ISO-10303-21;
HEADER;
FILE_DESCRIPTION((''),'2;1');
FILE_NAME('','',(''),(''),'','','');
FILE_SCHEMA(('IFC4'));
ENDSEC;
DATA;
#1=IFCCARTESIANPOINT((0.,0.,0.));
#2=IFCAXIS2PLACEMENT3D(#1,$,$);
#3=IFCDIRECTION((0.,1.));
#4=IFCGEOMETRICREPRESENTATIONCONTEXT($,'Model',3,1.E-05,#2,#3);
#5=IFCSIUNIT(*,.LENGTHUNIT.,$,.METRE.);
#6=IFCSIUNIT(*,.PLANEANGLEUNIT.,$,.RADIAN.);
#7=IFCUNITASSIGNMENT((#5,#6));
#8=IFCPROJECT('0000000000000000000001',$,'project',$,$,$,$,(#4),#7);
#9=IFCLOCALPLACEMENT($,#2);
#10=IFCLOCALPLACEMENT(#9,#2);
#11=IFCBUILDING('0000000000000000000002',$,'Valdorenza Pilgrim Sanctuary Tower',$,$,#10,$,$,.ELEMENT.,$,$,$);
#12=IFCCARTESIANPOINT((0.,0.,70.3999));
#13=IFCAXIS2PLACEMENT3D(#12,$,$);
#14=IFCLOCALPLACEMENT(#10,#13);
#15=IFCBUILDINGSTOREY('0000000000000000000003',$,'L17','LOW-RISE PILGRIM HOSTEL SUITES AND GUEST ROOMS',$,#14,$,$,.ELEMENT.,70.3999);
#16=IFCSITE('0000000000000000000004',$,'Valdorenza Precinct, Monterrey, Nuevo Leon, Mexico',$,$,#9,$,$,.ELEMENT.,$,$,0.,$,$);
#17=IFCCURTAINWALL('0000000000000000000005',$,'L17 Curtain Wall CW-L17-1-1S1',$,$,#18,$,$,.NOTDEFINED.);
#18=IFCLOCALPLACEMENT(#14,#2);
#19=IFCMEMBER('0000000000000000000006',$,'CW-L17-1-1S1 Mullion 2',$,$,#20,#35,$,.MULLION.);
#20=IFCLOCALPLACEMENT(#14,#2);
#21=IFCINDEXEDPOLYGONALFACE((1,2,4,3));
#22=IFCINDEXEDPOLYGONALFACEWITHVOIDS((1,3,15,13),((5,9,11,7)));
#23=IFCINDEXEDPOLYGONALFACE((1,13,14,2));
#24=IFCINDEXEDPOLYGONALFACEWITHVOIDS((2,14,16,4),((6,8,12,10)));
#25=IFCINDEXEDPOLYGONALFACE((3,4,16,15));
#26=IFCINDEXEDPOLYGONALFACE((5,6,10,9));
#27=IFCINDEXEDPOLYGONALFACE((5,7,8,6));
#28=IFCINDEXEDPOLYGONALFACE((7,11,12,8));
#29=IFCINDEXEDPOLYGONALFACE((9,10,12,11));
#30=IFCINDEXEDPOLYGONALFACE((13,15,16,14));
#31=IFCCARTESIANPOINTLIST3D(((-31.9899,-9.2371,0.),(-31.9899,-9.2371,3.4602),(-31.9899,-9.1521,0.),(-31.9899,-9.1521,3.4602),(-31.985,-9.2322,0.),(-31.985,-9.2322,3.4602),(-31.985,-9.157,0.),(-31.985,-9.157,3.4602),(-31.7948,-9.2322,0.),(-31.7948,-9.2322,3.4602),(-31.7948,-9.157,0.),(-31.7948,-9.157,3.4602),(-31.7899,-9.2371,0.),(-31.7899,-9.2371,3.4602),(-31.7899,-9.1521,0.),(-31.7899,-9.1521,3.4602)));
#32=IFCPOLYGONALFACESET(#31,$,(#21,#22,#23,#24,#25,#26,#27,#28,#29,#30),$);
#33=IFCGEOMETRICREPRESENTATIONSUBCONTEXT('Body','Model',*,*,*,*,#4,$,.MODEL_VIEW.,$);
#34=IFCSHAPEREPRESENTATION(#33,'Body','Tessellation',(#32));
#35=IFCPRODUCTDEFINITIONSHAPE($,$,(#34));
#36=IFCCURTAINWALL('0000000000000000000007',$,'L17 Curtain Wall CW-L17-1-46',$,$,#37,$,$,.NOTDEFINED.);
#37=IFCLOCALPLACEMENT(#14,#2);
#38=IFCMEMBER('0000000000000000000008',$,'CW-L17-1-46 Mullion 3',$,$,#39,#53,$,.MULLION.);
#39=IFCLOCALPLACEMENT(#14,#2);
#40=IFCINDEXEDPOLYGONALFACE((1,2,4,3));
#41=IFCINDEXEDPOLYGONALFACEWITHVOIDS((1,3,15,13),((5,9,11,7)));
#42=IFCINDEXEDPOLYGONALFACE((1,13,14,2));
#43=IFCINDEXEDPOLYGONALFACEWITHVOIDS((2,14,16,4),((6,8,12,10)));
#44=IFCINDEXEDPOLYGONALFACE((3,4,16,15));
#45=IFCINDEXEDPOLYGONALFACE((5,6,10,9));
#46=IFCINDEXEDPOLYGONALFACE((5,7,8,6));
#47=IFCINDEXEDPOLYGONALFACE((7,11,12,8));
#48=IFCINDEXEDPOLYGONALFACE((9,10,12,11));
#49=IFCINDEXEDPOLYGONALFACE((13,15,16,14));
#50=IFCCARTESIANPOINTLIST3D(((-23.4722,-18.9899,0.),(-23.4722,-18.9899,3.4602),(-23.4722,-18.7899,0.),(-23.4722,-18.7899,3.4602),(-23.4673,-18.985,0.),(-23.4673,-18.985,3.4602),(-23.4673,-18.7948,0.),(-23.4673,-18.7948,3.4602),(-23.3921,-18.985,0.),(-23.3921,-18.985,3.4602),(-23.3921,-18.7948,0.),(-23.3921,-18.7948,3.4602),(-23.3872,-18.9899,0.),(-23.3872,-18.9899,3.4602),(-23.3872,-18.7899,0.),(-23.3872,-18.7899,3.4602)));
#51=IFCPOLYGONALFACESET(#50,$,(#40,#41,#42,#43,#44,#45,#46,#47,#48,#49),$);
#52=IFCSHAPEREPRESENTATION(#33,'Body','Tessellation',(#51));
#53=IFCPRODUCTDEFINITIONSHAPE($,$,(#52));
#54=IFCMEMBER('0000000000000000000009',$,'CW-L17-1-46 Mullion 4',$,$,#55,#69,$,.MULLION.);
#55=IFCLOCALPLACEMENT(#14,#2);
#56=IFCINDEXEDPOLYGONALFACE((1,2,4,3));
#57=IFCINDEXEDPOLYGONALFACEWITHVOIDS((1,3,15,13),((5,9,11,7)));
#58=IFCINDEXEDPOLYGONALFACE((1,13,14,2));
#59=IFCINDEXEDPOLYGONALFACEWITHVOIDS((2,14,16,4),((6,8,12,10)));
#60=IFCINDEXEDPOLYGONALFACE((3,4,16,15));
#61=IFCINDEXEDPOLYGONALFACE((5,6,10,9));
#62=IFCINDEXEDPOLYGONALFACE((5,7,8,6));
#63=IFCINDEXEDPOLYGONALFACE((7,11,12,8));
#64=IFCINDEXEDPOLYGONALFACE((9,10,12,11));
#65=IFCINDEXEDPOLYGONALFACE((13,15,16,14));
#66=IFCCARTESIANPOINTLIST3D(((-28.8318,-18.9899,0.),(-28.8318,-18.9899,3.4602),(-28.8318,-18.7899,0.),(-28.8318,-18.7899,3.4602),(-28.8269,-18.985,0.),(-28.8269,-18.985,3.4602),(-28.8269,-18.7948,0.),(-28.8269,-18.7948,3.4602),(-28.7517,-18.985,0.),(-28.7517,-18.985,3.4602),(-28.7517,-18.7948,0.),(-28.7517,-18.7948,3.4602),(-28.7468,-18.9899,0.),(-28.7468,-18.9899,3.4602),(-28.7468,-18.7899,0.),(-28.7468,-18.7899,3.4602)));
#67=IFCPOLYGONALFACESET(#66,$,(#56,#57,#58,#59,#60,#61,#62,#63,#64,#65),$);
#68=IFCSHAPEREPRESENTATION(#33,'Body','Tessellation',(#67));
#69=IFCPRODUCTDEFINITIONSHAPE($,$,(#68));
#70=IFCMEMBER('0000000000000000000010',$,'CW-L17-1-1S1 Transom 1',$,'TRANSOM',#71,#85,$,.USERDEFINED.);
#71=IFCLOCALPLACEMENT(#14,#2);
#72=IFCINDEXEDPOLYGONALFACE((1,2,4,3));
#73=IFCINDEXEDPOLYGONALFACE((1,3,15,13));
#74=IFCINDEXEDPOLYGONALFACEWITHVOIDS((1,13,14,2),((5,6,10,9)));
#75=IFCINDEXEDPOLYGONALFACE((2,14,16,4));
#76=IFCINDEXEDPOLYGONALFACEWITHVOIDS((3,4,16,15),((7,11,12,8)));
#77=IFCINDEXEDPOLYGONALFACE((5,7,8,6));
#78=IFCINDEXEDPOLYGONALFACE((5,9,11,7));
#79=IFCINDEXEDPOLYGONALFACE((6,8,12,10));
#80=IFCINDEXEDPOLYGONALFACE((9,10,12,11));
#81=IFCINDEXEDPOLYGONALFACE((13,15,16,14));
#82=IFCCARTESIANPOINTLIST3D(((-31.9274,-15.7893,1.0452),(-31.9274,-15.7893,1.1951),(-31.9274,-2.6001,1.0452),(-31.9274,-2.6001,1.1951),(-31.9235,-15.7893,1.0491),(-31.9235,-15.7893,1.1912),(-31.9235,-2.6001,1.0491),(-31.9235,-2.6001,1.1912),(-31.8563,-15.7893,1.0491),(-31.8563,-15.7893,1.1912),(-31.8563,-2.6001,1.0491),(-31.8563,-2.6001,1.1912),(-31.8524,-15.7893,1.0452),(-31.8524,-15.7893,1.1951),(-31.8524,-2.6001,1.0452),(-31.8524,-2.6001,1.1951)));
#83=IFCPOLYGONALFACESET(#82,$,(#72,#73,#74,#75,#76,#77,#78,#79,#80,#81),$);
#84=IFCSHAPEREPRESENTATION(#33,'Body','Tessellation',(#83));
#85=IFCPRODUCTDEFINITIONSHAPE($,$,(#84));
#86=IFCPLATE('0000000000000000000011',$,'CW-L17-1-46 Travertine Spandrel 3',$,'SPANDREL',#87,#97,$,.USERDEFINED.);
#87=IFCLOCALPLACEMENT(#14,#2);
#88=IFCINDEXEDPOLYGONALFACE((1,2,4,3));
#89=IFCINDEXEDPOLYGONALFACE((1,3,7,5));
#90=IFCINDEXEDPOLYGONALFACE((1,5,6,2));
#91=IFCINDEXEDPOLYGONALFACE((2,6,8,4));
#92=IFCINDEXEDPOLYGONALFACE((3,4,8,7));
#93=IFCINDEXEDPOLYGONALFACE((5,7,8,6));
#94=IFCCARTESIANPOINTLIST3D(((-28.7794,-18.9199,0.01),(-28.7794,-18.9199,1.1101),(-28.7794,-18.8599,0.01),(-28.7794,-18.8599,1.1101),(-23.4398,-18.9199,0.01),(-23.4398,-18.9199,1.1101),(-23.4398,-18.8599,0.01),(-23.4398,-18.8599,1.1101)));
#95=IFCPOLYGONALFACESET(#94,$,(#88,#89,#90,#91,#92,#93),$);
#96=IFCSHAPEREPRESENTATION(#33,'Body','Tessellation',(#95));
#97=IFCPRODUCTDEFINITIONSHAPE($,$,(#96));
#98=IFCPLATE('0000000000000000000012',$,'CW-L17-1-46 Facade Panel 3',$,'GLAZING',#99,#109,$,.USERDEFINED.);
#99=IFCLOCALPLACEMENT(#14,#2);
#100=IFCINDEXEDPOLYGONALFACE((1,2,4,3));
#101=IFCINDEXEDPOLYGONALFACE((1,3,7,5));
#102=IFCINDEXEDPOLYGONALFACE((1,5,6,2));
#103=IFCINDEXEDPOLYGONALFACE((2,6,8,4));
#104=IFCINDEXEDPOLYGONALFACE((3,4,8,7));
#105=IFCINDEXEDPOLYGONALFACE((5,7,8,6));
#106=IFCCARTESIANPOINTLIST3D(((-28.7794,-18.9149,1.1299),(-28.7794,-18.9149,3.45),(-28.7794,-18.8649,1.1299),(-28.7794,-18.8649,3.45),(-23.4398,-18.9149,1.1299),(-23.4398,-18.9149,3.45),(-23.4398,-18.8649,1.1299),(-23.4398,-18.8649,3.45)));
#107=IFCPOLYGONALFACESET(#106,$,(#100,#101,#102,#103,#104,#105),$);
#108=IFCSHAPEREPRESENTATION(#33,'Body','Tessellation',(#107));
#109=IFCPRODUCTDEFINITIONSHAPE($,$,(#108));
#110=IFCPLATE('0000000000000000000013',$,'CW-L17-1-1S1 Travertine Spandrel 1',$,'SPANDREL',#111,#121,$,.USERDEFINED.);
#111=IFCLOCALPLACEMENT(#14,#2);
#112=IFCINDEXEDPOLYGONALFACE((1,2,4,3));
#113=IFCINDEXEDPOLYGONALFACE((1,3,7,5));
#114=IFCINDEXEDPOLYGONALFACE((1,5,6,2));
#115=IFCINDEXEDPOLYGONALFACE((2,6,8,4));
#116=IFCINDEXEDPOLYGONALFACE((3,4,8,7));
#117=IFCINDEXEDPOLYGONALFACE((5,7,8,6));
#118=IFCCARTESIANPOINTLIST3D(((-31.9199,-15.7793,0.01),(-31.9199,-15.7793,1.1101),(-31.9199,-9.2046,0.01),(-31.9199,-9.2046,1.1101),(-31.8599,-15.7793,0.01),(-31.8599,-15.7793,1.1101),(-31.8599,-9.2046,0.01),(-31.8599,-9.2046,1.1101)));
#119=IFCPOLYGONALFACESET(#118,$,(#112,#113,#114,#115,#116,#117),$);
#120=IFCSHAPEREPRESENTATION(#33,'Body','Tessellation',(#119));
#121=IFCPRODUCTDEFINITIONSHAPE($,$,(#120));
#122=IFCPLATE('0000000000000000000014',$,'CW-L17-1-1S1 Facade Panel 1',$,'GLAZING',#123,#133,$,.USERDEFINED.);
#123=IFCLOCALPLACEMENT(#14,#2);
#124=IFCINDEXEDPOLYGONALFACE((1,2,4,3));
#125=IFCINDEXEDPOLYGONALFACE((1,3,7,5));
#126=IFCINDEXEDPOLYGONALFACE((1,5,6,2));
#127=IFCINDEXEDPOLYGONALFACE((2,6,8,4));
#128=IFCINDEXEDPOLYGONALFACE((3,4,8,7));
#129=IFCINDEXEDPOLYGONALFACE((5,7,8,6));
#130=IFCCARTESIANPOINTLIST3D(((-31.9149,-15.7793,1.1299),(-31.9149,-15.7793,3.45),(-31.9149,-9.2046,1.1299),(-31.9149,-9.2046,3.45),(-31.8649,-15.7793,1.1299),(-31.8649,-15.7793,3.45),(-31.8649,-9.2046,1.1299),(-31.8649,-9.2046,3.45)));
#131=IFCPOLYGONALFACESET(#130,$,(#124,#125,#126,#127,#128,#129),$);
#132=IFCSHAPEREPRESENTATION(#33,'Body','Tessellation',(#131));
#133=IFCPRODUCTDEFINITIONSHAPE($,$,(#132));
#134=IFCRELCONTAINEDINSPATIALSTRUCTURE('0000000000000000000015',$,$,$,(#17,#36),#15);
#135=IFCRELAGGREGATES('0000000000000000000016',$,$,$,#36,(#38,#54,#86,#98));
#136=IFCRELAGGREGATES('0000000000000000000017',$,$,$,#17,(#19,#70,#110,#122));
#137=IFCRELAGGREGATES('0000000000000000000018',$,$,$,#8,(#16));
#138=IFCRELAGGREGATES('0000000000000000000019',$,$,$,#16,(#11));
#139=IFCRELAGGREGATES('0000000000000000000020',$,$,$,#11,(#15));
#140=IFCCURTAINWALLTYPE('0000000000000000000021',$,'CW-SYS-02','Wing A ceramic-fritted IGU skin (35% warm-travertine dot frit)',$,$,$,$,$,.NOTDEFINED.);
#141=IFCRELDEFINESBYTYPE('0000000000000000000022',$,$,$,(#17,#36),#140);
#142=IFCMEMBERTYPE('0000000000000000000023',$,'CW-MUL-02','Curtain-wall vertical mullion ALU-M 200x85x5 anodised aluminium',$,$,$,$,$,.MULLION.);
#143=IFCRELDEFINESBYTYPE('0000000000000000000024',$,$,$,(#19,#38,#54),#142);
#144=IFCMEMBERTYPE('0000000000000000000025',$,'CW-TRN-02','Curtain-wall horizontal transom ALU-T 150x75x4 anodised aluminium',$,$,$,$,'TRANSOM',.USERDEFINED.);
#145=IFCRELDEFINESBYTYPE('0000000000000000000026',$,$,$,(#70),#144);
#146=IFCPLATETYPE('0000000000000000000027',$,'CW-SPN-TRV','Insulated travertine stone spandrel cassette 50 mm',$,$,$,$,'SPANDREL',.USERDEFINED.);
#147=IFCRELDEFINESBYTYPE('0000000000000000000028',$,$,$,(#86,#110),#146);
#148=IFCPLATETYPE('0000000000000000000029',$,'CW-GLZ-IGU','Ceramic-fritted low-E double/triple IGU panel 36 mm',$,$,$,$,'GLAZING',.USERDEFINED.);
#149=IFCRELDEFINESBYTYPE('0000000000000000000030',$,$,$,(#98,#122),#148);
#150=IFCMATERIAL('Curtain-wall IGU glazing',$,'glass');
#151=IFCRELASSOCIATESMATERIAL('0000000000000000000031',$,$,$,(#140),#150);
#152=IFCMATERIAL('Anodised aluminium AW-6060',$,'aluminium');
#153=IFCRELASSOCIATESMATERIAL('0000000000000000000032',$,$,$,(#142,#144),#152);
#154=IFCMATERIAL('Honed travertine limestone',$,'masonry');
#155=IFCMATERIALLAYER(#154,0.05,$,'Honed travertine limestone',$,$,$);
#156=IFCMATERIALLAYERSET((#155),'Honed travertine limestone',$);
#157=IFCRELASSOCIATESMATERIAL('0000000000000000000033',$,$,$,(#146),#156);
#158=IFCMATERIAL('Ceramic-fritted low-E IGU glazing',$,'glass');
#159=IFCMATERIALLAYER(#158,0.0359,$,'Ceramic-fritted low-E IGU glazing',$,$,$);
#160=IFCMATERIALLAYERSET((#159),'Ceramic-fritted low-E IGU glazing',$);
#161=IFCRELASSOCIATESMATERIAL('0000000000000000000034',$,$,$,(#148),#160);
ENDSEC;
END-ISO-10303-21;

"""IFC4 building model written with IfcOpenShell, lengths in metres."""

from ifc_helpers import new_model, si_unit, direction, frame, origin, origin_2d, place, context, subcontext, project, spatial, rectangle, hollow_rectangle, extrude, source, transform, mapped, material, layer, layer_set, material_profile, profile_set, type_object, element, aggregate, save


model = new_model("IFC4")

# Units and contexts
model_context = context("Model", 3, precision=1e-05, world=origin(), true_north=direction((0.0, 1.0)))
body_context = subcontext(model_context, "Body", "Model", "MODEL_VIEW")
ifc_project = project(units=[si_unit("LENGTHUNIT", "METRE"), si_unit("PLANEANGLEUNIT", "RADIAN")], contexts=[model_context])

# Site, building, storey
site_placement = place(None, origin())
site = spatial("IfcSite", under=ifc_project, at=site_placement, Name="Valdorenza Precinct, Monterrey, Nuevo Leon, Mexico", CompositionType="ELEMENT", RefElevation=0.0)
building_placement = place(site_placement, origin())
building = spatial("IfcBuilding", under=site, at=building_placement, Name="Valdorenza Pilgrim Sanctuary Tower", CompositionType="ELEMENT")
storey_placement = place(building_placement, frame((0.0, 0.0, 70.3999)))
storey = spatial("IfcBuildingStorey", under=building, at=storey_placement, Name="L17", Description="LOW-RISE PILGRIM HOSTEL SUITES AND GUEST ROOMS", CompositionType="ELEMENT", Elevation=70.3999)

# Curtain walls, members
ifc_material_1 = material(Name="Curtain-wall IGU glazing", Category="glass")
curtain_wall_type = type_object("IfcCurtainWallType", Name="CW-SYS-02", Description="Wing A ceramic-fritted IGU skin (35% warm-travertine dot frit)", PredefinedType="NOTDEFINED", material=ifc_material_1)
curtain_wall_1_placement = place(storey_placement, origin())
curtain_wall_1 = element("IfcCurtainWall", 1, at=curtain_wall_1_placement, inside=storey, type_object=curtain_wall_type, Name="L17 Curtain Wall CW-L17-1-1S1", PredefinedType="NOTDEFINED")
ifc_material_2 = material(Name="Anodised aluminium AW-6060", Category="aluminium")
ifc_material_profile_1 = material_profile(ifc_material_2, hollow_rectangle(XDim=0.085, YDim=0.2, WallThickness=0.0049, at=origin_2d()), Name="ALU-M 200x85x5")
ifc_profile_set_1 = profile_set([ifc_material_profile_1], Name="Anodised aluminium AW-6060")
member_type_1 = type_object("IfcMemberType", Name="CW-MUL-02", Description="Curtain-wall vertical mullion ALU-M 200x85x5 anodised aluminium", PredefinedType="MULLION", material=ifc_profile_set_1)
shared_shape_1 = source(origin(), body_context, "Body", "SweptSolid", [
    extrude(hollow_rectangle(XDim=0.085, YDim=0.2, WallThickness=0.0049, at=origin_2d()), origin(), (0.0, 0.0, 1.0), 3.4602),
])
member_1_placement = place(storey_placement, frame((-31.8899, -9.1946, 0.0), z_axis=(0.0, 0.0, 1.0), x_axis=(0.0, 1.0, 0.0)))
member_1 = element("IfcMember", 2, at=member_1_placement, type_object=member_type_1, Name="CW-L17-1-1S1 Mullion 2", PredefinedType="MULLION", context=body_context, shape_type="MappedRepresentation", body=[
    mapped(shared_shape_1, transform((0.0, 0.0, 0.0), x_axis=(1.0, 0.0, 0.0), y_axis=(0.0, 1.0, 0.0), z_axis=(0.0, 0.0, 1.0), scale=1.0)),
])
curtain_wall_2_placement = place(storey_placement, origin())
curtain_wall_2 = element("IfcCurtainWall", 3, at=curtain_wall_2_placement, inside=storey, type_object=curtain_wall_type, Name="L17 Curtain Wall CW-L17-1-46", PredefinedType="NOTDEFINED")
member_2_placement = place(storey_placement, frame((-23.4297, -18.8899, 0.0), z_axis=(0.0, 0.0, 1.0), x_axis=(-1.0, 0.0, 0.0)))
member_2 = element("IfcMember", 4, at=member_2_placement, type_object=member_type_1, Name="CW-L17-1-46 Mullion 3", PredefinedType="MULLION", context=body_context, shape_type="MappedRepresentation", body=[
    mapped(shared_shape_1, transform((0.0, 0.0, 0.0), x_axis=(1.0, 0.0, 0.0), y_axis=(0.0, 1.0, 0.0), z_axis=(0.0, 0.0, 1.0), scale=1.0)),
])
member_3_placement = place(storey_placement, frame((-28.7893, -18.8899, 0.0), z_axis=(0.0, 0.0, 1.0), x_axis=(-1.0, 0.0, 0.0)))
member_3 = element("IfcMember", 5, at=member_3_placement, type_object=member_type_1, Name="CW-L17-1-46 Mullion 4", PredefinedType="MULLION", context=body_context, shape_type="MappedRepresentation", body=[
    mapped(shared_shape_1, transform((0.0, 0.0, 0.0), x_axis=(1.0, 0.0, 0.0), y_axis=(0.0, 1.0, 0.0), z_axis=(0.0, 0.0, 1.0), scale=1.0)),
])

# Member
ifc_material_profile_2 = material_profile(ifc_material_2, hollow_rectangle(XDim=0.075, YDim=0.1499, WallThickness=0.0039, at=origin_2d()), Name="ALU-T 150x75x4")
ifc_profile_set_2 = profile_set([ifc_material_profile_2], Name="Anodised aluminium AW-6060")
member_type_2 = type_object("IfcMemberType", Name="CW-TRN-02", Description="Curtain-wall horizontal transom ALU-T 150x75x4 anodised aluminium", ElementType="TRANSOM", PredefinedType="USERDEFINED", material=ifc_profile_set_2)
shared_shape_2 = source(origin(), body_context, "Body", "SweptSolid", [
    extrude(hollow_rectangle(XDim=0.075, YDim=0.1499, WallThickness=0.0039, at=origin_2d()), origin(), (0.0, 0.0, 1.0), 13.1892),
])
member_4_placement = place(storey_placement, frame((-31.8899, -15.7893, 1.1201), z_axis=(0.0, 1.0, 0.0), x_axis=(-1.0, 0.0, 0.0)))
member_4 = element("IfcMember", 6, at=member_4_placement, type_object=member_type_2, Name="CW-L17-1-1S1 Transom 1", ObjectType="TRANSOM", PredefinedType="USERDEFINED", context=body_context, shape_type="MappedRepresentation", body=[
    mapped(shared_shape_2, transform((0.0, 0.0, 0.0), x_axis=(1.0, 0.0, 0.0), y_axis=(0.0, 1.0, 0.0), z_axis=(0.0, 0.0, 1.0), scale=1.0)),
])

# Plates
ifc_material_3 = material(Name="Honed travertine limestone", Category="masonry")
ifc_layer_1 = layer(ifc_material_3, 0.05, Name="Honed travertine limestone")
ifc_layer_set_1 = layer_set([ifc_layer_1], Name="Honed travertine limestone")
plate_type_1 = type_object("IfcPlateType", Name="CW-SPN-TRV", Description="Insulated travertine stone spandrel cassette 50 mm", ElementType="SPANDREL", PredefinedType="USERDEFINED", material=ifc_layer_set_1)
shared_shape_3 = source(origin(), body_context, "Body", "SweptSolid", [
    extrude(rectangle(XDim=5.3396, YDim=0.0601, at=origin_2d()), origin(), (0.0, 0.0, 1.0), 1.1001),
])
plate_1_placement = place(storey_placement, frame((-26.1096, -18.8899, 0.01), z_axis=(0.0, 0.0, 1.0), x_axis=(-1.0, 0.0, 0.0)))
plate_1 = element("IfcPlate", 7, at=plate_1_placement, type_object=plate_type_1, Name="CW-L17-1-46 Travertine Spandrel 3", ObjectType="SPANDREL", PredefinedType="USERDEFINED", context=body_context, shape_type="MappedRepresentation", body=[
    mapped(shared_shape_3, transform((0.0, 0.0, 0.0), x_axis=(1.0, 0.0, 0.0), y_axis=(0.0, 1.0, 0.0), z_axis=(0.0, 0.0, 1.0), scale=1.0)),
])
ifc_material_4 = material(Name="Ceramic-fritted low-E IGU glazing", Category="glass")
ifc_layer_2 = layer(ifc_material_4, 0.0359, Name="Ceramic-fritted low-E IGU glazing")
ifc_layer_set_2 = layer_set([ifc_layer_2], Name="Ceramic-fritted low-E IGU glazing")
plate_type_2 = type_object("IfcPlateType", Name="CW-GLZ-IGU", Description="Ceramic-fritted low-E double/triple IGU panel 36 mm", ElementType="GLAZING", PredefinedType="USERDEFINED", material=ifc_layer_set_2)
shared_shape_4 = source(origin(), body_context, "Body", "SweptSolid", [
    extrude(rectangle(XDim=5.3396, YDim=0.05, at=origin_2d()), origin(), (0.0, 0.0, 1.0), 2.3201),
])
plate_2_placement = place(storey_placement, frame((-26.1096, -18.8899, 1.1299), z_axis=(0.0, 0.0, 1.0), x_axis=(-1.0, 0.0, 0.0)))
plate_2 = element("IfcPlate", 8, at=plate_2_placement, type_object=plate_type_2, Name="CW-L17-1-46 Facade Panel 3", ObjectType="GLAZING", PredefinedType="USERDEFINED", context=body_context, shape_type="MappedRepresentation", body=[
    mapped(shared_shape_4, transform((0.0, 0.0, 0.0), x_axis=(1.0, 0.0, 0.0), y_axis=(0.0, 1.0, 0.0), z_axis=(0.0, 0.0, 1.0), scale=1.0)),
])
aggregate(curtain_wall_2, [member_2, member_3, plate_1, plate_2])
shared_shape_5 = source(origin(), body_context, "Body", "SweptSolid", [
    extrude(rectangle(XDim=6.5747, YDim=0.0601, at=origin_2d()), origin(), (0.0, 0.0, 1.0), 1.1001),
])
plate_3_placement = place(storey_placement, frame((-31.8899, -12.4919, 0.01), z_axis=(0.0, 0.0, 1.0), x_axis=(0.0, 1.0, 0.0)))
plate_3 = element("IfcPlate", 9, at=plate_3_placement, type_object=plate_type_1, Name="CW-L17-1-1S1 Travertine Spandrel 1", ObjectType="SPANDREL", PredefinedType="USERDEFINED", context=body_context, shape_type="MappedRepresentation", body=[
    mapped(shared_shape_5, transform((0.0, 0.0, 0.0), x_axis=(1.0, 0.0, 0.0), y_axis=(0.0, 1.0, 0.0), z_axis=(0.0, 0.0, 1.0), scale=1.0)),
])
shared_shape_6 = source(origin(), body_context, "Body", "SweptSolid", [
    extrude(rectangle(XDim=6.5747, YDim=0.05, at=origin_2d()), origin(), (0.0, 0.0, 1.0), 2.3201),
])
plate_4_placement = place(storey_placement, frame((-31.8899, -12.4919, 1.1299), z_axis=(0.0, 0.0, 1.0), x_axis=(0.0, 1.0, 0.0)))
plate_4 = element("IfcPlate", 10, at=plate_4_placement, type_object=plate_type_2, Name="CW-L17-1-1S1 Facade Panel 1", ObjectType="GLAZING", PredefinedType="USERDEFINED", context=body_context, shape_type="MappedRepresentation", body=[
    mapped(shared_shape_6, transform((0.0, 0.0, 0.0), x_axis=(1.0, 0.0, 0.0), y_axis=(0.0, 1.0, 0.0), z_axis=(0.0, 0.0, 1.0), scale=1.0)),
])
aggregate(curtain_wall_1, [member_1, member_4, plate_3, plate_4])

save(model, "model.ifc")
